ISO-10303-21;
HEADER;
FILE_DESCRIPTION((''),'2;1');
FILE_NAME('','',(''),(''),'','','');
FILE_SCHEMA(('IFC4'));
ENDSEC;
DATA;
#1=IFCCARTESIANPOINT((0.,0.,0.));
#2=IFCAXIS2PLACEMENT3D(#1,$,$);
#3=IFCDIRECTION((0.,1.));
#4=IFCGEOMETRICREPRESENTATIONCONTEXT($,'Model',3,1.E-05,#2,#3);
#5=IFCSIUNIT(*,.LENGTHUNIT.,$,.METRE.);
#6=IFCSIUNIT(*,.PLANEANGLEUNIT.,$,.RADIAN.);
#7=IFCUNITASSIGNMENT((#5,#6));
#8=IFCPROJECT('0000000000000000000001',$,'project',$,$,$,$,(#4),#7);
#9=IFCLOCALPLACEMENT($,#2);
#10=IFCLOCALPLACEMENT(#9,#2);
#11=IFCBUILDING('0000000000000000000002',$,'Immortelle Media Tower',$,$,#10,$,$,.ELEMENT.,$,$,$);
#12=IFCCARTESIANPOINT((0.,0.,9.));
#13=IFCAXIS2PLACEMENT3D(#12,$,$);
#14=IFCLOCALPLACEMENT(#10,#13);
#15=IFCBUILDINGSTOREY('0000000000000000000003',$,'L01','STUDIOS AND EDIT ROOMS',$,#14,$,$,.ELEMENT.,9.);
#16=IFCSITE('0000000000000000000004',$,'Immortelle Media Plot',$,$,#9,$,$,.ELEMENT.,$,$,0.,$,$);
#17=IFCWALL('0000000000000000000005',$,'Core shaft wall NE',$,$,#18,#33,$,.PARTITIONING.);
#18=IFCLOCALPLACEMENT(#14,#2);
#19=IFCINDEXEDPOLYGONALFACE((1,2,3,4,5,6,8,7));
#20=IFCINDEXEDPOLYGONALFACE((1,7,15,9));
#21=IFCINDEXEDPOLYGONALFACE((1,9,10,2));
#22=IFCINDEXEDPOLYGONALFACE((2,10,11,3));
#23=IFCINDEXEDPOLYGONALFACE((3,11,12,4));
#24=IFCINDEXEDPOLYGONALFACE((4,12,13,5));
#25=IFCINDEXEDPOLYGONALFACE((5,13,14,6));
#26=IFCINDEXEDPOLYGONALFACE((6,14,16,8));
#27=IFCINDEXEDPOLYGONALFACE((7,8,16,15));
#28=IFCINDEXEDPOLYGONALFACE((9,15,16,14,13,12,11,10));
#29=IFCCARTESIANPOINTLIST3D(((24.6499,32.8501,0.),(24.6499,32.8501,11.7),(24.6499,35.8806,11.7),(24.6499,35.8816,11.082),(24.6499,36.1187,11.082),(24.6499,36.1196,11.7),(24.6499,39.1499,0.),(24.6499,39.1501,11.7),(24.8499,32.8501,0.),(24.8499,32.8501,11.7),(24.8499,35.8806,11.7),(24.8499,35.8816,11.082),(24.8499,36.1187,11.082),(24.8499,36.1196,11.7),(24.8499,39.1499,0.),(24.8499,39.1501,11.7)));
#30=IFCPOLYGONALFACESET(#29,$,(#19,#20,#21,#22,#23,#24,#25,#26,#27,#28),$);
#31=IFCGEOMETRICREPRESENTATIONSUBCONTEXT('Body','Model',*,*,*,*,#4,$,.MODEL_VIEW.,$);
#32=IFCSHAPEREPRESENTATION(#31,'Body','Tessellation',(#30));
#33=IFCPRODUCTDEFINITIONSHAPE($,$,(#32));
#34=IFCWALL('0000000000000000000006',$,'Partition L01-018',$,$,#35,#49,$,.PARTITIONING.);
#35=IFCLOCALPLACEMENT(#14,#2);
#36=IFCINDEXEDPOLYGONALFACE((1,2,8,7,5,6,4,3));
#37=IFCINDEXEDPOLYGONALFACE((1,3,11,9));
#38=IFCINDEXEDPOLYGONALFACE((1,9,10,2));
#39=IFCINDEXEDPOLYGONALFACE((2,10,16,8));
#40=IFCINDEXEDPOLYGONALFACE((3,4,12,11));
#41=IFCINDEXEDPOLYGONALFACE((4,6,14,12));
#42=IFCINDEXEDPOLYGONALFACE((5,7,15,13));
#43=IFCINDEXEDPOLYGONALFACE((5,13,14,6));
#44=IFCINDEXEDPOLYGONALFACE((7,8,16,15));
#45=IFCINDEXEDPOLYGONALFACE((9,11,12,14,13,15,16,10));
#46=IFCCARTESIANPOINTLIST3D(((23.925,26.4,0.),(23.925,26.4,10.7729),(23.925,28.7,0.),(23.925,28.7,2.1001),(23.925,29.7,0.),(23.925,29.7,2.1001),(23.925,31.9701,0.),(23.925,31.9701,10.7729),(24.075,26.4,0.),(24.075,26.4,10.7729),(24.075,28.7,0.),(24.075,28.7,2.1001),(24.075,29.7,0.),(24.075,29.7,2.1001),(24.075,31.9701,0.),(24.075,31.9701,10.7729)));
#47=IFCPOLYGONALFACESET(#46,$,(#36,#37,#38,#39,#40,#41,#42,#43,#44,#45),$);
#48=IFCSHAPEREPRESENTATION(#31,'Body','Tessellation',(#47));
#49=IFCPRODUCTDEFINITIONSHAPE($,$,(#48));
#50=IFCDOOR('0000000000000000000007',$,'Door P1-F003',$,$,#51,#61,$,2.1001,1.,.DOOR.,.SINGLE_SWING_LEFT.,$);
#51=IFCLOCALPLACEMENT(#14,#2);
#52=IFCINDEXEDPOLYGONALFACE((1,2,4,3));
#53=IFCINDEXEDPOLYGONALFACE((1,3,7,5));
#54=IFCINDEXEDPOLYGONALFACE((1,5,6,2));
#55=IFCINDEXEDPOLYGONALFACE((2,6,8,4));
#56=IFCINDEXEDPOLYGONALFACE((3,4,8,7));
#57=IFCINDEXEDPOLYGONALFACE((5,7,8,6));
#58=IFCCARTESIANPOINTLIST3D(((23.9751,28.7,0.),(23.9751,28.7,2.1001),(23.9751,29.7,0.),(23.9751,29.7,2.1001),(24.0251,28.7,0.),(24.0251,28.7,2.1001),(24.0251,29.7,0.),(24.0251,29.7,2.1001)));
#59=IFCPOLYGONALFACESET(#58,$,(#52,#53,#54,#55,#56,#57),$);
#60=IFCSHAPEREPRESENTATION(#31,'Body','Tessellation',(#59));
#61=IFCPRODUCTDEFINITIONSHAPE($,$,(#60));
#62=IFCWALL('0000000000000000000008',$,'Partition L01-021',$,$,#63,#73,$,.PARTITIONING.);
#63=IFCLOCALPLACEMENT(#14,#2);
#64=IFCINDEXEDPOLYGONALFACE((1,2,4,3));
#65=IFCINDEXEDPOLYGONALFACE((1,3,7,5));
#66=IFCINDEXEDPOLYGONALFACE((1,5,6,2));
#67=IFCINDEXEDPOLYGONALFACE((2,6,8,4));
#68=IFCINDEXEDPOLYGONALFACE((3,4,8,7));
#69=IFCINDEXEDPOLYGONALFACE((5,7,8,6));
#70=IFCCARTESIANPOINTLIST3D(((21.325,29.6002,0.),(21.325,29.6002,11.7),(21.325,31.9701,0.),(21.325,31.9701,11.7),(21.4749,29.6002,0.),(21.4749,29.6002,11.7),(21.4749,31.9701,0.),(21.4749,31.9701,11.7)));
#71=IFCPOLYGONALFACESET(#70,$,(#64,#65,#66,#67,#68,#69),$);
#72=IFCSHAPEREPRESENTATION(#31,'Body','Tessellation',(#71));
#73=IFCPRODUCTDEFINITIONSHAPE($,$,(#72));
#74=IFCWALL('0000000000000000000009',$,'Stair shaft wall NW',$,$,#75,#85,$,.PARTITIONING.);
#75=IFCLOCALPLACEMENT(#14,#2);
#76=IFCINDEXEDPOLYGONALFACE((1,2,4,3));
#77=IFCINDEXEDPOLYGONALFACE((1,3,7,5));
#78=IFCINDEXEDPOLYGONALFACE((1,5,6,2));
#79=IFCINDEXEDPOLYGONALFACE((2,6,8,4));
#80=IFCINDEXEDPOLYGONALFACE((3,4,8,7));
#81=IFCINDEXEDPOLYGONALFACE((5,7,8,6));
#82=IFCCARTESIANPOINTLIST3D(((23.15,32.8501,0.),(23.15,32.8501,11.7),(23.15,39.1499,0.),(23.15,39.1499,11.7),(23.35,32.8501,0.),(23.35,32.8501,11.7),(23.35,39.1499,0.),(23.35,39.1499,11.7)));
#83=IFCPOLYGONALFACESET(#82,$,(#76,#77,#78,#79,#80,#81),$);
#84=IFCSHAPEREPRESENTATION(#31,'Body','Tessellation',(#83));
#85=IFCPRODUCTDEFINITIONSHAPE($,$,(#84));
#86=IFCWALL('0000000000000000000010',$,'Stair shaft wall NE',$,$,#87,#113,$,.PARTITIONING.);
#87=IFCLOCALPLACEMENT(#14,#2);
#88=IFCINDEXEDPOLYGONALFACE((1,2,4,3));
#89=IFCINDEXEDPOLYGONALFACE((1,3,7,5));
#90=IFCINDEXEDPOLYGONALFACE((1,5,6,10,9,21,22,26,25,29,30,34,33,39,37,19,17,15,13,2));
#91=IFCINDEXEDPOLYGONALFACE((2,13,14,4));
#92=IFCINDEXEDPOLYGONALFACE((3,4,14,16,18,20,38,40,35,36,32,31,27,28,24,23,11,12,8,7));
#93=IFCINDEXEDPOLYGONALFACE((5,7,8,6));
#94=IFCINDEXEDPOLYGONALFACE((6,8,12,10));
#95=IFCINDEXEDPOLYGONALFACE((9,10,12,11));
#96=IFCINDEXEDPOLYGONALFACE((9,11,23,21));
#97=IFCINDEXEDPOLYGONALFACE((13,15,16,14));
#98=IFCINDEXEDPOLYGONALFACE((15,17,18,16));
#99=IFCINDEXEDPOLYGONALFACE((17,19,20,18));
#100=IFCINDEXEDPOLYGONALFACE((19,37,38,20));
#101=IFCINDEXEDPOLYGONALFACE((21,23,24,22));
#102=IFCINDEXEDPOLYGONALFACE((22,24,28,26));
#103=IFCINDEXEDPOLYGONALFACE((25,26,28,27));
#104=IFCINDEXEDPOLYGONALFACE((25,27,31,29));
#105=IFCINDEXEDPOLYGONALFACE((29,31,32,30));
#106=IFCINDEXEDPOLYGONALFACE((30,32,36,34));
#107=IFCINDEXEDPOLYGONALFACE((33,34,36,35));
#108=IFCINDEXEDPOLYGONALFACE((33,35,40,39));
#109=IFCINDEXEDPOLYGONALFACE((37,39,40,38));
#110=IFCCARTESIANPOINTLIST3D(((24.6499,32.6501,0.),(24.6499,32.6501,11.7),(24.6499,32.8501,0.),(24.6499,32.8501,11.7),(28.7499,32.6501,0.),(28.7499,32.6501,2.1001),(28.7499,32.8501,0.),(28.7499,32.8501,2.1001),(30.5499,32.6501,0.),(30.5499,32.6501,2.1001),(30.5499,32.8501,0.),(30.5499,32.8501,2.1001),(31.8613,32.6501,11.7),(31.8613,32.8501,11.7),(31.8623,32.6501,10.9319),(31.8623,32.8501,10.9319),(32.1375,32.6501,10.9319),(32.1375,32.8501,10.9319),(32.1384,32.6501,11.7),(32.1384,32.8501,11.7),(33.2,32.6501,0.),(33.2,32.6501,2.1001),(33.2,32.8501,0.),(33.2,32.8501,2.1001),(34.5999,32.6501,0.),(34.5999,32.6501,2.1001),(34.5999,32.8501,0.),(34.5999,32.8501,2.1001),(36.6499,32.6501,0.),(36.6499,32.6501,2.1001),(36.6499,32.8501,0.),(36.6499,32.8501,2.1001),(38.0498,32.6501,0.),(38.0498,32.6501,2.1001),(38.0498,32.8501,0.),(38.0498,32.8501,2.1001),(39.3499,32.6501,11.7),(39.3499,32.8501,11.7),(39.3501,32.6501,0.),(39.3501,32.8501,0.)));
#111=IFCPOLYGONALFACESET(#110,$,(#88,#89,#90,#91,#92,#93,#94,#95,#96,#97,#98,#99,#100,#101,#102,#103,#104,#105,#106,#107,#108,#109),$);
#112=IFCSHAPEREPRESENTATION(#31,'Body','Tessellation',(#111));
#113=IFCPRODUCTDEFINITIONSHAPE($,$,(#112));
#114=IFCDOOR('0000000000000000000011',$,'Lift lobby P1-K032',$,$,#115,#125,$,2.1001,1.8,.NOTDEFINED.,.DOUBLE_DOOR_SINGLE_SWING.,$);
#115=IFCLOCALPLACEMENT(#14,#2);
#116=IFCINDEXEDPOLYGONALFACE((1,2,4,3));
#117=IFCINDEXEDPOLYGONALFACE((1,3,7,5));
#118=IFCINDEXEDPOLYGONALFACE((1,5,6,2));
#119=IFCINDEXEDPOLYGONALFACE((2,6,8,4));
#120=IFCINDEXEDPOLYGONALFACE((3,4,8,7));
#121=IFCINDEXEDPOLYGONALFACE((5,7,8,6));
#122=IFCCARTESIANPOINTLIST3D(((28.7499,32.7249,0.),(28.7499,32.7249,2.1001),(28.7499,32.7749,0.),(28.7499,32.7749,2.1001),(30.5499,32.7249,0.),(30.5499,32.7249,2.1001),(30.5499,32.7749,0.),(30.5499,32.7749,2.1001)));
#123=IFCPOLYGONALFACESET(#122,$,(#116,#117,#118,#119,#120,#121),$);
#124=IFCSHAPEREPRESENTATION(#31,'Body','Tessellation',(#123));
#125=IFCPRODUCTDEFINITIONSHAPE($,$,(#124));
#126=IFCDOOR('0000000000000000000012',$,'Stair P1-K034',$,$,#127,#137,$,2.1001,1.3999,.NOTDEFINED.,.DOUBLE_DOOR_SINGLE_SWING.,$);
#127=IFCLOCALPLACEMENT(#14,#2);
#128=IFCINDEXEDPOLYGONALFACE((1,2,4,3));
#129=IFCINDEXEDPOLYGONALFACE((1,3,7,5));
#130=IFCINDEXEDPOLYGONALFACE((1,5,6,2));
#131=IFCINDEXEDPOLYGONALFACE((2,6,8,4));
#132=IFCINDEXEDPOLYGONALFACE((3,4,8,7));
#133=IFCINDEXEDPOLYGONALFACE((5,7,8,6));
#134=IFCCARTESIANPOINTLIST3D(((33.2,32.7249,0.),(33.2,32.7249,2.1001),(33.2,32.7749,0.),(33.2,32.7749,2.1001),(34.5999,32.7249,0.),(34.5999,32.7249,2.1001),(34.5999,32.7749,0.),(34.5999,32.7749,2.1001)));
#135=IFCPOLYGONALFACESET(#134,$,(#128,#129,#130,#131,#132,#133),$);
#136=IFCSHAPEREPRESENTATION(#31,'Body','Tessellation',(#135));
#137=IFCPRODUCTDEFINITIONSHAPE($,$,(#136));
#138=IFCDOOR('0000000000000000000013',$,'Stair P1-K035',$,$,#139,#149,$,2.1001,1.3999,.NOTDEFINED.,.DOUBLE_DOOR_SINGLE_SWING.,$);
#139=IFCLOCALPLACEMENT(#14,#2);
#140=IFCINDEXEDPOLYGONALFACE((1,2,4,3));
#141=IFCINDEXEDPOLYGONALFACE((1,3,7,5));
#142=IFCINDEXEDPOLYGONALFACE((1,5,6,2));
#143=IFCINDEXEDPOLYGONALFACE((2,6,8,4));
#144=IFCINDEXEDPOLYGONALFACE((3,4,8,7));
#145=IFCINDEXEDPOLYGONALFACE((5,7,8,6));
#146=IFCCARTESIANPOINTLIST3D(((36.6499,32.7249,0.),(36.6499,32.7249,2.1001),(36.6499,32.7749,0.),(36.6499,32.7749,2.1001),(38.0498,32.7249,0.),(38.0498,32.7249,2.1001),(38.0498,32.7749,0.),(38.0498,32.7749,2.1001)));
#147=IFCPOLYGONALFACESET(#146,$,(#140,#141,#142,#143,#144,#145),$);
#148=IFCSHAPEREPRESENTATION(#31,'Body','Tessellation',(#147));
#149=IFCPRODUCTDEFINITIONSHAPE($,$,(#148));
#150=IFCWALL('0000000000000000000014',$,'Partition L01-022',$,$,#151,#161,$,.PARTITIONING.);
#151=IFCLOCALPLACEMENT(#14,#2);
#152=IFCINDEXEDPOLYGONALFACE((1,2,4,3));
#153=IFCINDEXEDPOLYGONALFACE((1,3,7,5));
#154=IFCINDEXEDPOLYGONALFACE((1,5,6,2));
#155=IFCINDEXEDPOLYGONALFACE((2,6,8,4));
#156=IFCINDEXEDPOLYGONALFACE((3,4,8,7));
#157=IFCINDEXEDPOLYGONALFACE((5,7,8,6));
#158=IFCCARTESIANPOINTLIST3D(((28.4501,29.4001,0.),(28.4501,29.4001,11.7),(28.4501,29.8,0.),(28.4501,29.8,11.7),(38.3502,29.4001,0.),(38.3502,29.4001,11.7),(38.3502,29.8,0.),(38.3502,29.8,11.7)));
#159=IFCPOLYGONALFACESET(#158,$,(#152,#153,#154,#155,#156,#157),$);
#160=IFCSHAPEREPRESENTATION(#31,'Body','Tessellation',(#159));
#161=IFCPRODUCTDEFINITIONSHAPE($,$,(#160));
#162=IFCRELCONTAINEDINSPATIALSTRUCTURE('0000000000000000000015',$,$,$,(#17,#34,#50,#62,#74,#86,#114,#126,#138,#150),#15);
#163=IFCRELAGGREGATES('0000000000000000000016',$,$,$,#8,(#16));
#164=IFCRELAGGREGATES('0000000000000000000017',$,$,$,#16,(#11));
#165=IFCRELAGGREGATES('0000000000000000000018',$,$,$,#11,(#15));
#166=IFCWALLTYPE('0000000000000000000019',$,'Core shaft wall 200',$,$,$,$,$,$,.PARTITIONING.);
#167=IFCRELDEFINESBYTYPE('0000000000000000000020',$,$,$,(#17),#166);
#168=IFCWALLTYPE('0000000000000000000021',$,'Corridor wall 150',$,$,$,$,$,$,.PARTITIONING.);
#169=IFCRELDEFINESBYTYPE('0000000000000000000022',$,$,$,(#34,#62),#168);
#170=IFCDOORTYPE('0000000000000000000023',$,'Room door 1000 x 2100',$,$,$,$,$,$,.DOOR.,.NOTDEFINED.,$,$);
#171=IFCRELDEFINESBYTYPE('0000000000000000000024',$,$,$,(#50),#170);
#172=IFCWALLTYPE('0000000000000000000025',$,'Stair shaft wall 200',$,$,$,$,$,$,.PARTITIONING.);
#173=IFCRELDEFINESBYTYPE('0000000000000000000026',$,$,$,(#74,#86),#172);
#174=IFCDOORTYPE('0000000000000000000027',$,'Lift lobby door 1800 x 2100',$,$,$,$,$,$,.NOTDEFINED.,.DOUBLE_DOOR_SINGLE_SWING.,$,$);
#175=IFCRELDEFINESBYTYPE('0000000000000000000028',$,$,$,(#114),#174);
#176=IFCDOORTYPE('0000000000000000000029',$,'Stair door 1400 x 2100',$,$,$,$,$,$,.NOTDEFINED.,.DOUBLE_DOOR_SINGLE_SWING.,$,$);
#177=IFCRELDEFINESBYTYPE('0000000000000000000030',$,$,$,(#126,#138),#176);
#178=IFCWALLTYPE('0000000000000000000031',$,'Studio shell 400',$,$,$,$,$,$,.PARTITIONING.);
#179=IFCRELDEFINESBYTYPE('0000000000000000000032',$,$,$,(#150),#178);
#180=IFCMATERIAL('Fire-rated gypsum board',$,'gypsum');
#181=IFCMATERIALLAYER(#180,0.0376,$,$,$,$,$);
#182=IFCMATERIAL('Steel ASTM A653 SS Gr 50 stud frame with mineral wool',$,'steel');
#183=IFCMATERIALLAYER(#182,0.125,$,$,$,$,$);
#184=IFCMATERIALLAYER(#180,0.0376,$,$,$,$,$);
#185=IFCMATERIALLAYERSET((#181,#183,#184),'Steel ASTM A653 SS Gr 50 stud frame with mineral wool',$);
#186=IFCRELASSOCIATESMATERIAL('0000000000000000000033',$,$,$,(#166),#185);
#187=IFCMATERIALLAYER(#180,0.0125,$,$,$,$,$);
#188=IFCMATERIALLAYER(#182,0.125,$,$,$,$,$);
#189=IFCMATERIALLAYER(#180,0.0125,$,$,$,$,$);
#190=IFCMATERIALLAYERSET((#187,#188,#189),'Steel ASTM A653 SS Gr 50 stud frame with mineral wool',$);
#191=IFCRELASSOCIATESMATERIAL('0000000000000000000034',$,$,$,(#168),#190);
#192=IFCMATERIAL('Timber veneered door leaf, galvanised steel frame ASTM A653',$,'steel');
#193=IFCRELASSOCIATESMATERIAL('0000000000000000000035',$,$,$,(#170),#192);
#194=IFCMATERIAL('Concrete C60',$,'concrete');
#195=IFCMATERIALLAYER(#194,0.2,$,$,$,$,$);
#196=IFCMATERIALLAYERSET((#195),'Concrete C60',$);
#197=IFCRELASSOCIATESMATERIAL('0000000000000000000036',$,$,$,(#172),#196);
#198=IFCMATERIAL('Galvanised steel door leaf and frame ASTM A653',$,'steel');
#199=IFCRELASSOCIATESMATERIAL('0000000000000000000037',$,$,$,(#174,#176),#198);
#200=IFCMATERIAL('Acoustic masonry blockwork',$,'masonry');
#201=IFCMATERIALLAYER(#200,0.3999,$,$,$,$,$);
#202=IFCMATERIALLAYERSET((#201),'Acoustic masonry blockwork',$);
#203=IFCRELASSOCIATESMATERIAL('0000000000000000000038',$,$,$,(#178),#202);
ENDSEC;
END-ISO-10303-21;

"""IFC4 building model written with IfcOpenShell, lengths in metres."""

from ifc_helpers import new_model, si_unit, direction, frame, frame_2d, origin, place, context, subcontext, project, spatial, polyline, rectangle, outline, extrude, material, layer, layer_set, type_object, element, fill, save


model = new_model("IFC4")

# Units and contexts
model_context = context("Model", 3, precision=1e-05, world=origin(), true_north=direction((0.0, 1.0)))
body_context = subcontext(model_context, "Body", "Model", "MODEL_VIEW")
ifc_project = project(units=[si_unit("LENGTHUNIT", "METRE"), si_unit("PLANEANGLEUNIT", "RADIAN")], contexts=[model_context])

# Site, building, storey
site_placement = place(None, origin())
site = spatial("IfcSite", under=ifc_project, at=site_placement, Name="Immortelle Media Plot", CompositionType="ELEMENT", RefElevation=0.0)
building_placement = place(site_placement, origin())
building = spatial("IfcBuilding", under=site, at=building_placement, Name="Immortelle Media Tower", CompositionType="ELEMENT")
storey_placement = place(building_placement, frame((0.0, 0.0, 9.0)))
storey = spatial("IfcBuildingStorey", under=building, at=storey_placement, Name="L01", Description="STUDIOS AND EDIT ROOMS", CompositionType="ELEMENT", Elevation=9.0)

# Shared definitions
ifc_material_1 = material(Name="Fire-rated gypsum board", Category="gypsum")
ifc_material_2 = material(Name="Steel ASTM A653 SS Gr 50 stud frame with mineral wool", Category="steel")
ifc_material_3 = material(Name="Galvanised steel door leaf and frame ASTM A653", Category="steel")

# Wall
ifc_layer_1 = layer(ifc_material_1, 0.0376)
ifc_layer_2 = layer(ifc_material_2, 0.125)
ifc_layer_3 = layer(ifc_material_1, 0.0376)
ifc_layer_set_1 = layer_set([ifc_layer_1, ifc_layer_2, ifc_layer_3], Name="Steel ASTM A653 SS Gr 50 stud frame with mineral wool")
wall_type_1 = type_object("IfcWallType", Name="Core shaft wall 200", PredefinedType="PARTITIONING", material=ifc_layer_set_1)
wall_1_placement = place(storey_placement, frame((24.75, 32.8501, 0.0), z_axis=(0.0, 0.0, 1.0), x_axis=(0.0, 1.0, 0.0)))
element("IfcWall", 1, at=wall_1_placement, inside=storey, type_object=wall_type_1, Name="Core shaft wall NE", PredefinedType="PARTITIONING", context=body_context, shape_type="SweptSolid", body=[
    extrude(outline(polyline([(0.0, 0.0), (6.2998, 0.0), (6.3, 11.7), (3.2695, 11.7), (3.2686, 11.082), (3.0315, 11.082), (3.0305, 11.7), (0.0, 11.7), (0.0, 0.0)])), frame((0.0, 0.1001, 0.0), z_axis=(0.0, -1.0, 0.0), x_axis=(1.0, 0.0, 0.0)), (0.0, 0.0, 1.0), 0.2),
])

# Wall, opening, door
ifc_layer_4 = layer(ifc_material_1, 0.0125)
ifc_layer_5 = layer(ifc_material_2, 0.125)
ifc_layer_6 = layer(ifc_material_1, 0.0125)
ifc_layer_set_2 = layer_set([ifc_layer_4, ifc_layer_5, ifc_layer_6], Name="Steel ASTM A653 SS Gr 50 stud frame with mineral wool")
wall_type_2 = type_object("IfcWallType", Name="Corridor wall 150", PredefinedType="PARTITIONING", material=ifc_layer_set_2)
wall_2_placement = place(storey_placement, frame((24.0, 26.3999, 0.0), z_axis=(0.0, 0.0, 1.0), x_axis=(0.0, 1.0, 0.0)))
wall_2 = element("IfcWall", 2, at=wall_2_placement, inside=storey, type_object=wall_type_2, Name="Partition L01-018", PredefinedType="PARTITIONING", context=body_context, shape_type="SweptSolid", body=[
    extrude(rectangle(XDim=5.5701, YDim=0.1499, at=frame_2d((2.7852, 0.0))), origin(), (0.0, 0.0, 1.0), 10.7729),
])
opening_1_placement = place(wall_2_placement, frame((2.3, 0.0, 0.0)))
opening_1 = element("IfcOpeningElement", 3, at=opening_1_placement, cuts=wall_2, PredefinedType="OPENING", context=body_context, shape_type="SweptSolid", body=[
    extrude(rectangle(XDim=1.0, YDim=2.1001, at=frame_2d((0.5, 1.05))), frame((0.0, 0.085, 0.0), z_axis=(0.0, -1.0, 0.0), x_axis=(1.0, 0.0, 0.0)), (0.0, 0.0, 1.0), 0.1699),
])
ifc_material_4 = material(Name="Timber veneered door leaf, galvanised steel frame ASTM A653", Category="steel")
door_type_1 = type_object("IfcDoorType", Name="Room door 1000 x 2100", OperationType="NOTDEFINED", PredefinedType="DOOR", material=ifc_material_4)
door_1_placement = place(opening_1_placement, origin())
door_1 = element("IfcDoor", 4, at=door_1_placement, inside=storey, type_object=door_type_1, Name="Door P1-F003", OperationType="SINGLE_SWING_LEFT", OverallHeight=2.1001, OverallWidth=1.0, PredefinedType="DOOR", context=body_context, shape_type="SweptSolid", body=[
    extrude(rectangle(XDim=1.0, YDim=2.1001, at=frame_2d((0.5, 1.05))), frame((0.0, 0.0249, 0.0), z_axis=(0.0, -1.0, 0.0), x_axis=(1.0, 0.0, 0.0)), (0.0, 0.0, 1.0), 0.05),
])
fill(opening_1, door_1)

# Walls
wall_3_placement = place(storey_placement, frame((21.3999, 29.6001, 0.0), z_axis=(0.0, 0.0, 1.0), x_axis=(0.0, 1.0, 0.0)))
element("IfcWall", 5, at=wall_3_placement, inside=storey, type_object=wall_type_2, Name="Partition L01-021", PredefinedType="PARTITIONING", context=body_context, shape_type="SweptSolid", body=[
    extrude(rectangle(XDim=2.3699, YDim=0.1499, at=frame_2d((1.1851, 0.0))), origin(), (0.0, 0.0, 1.0), 11.7),
])
ifc_material_5 = material(Name="Concrete C60", Category="concrete")
ifc_layer_7 = layer(ifc_material_5, 0.2)
ifc_layer_set_3 = layer_set([ifc_layer_7], Name="Concrete C60")
wall_type_3 = type_object("IfcWallType", Name="Stair shaft wall 200", PredefinedType="PARTITIONING", material=ifc_layer_set_3)
wall_4_placement = place(storey_placement, frame((23.25, 32.8501, 0.0), z_axis=(0.0, 0.0, 1.0), x_axis=(0.0, 1.0, 0.0)))
element("IfcWall", 6, at=wall_4_placement, inside=storey, type_object=wall_type_3, Name="Stair shaft wall NW", PredefinedType="PARTITIONING", context=body_context, shape_type="SweptSolid", body=[
    extrude(rectangle(XDim=6.2998, YDim=0.2, at=frame_2d((3.1499, 0.0))), origin(), (0.0, 0.0, 1.0), 11.7),
])

# Wall, openings, doors
wall_5_placement = place(storey_placement, frame((24.6499, 32.75, 0.0), z_axis=(0.0, 0.0, 1.0), x_axis=(1.0, 0.0, 0.0)))
wall_5 = element("IfcWall", 7, at=wall_5_placement, inside=storey, type_object=wall_type_3, Name="Stair shaft wall NE", PredefinedType="PARTITIONING", context=body_context, shape_type="SweptSolid", body=[
    extrude(outline(polyline([(0.0, 0.0), (14.7002, 0.0), (14.7, 11.7), (7.4885, 11.7), (7.4875, 10.9319), (7.2124, 10.9319), (7.2114, 11.7), (0.0, 11.7), (0.0, 0.0)])), frame((0.0, 0.1001, 0.0), z_axis=(0.0, -1.0, 0.0), x_axis=(1.0, 0.0, 0.0)), (0.0, 0.0, 1.0), 0.2),
])
opening_2_placement = place(wall_5_placement, frame((4.1001, 0.0, 0.0)))
opening_2 = element("IfcOpeningElement", 8, at=opening_2_placement, cuts=wall_5, PredefinedType="OPENING", context=body_context, shape_type="SweptSolid", body=[
    extrude(rectangle(XDim=1.8, YDim=2.1001, at=frame_2d((0.8999, 1.05))), frame((0.0, 0.1099, 0.0), z_axis=(0.0, -1.0, 0.0), x_axis=(1.0, 0.0, 0.0)), (0.0, 0.0, 1.0), 0.22),
])
opening_3_placement = place(wall_5_placement, frame((8.55, 0.0, 0.0)))
opening_3 = element("IfcOpeningElement", 9, at=opening_3_placement, cuts=wall_5, PredefinedType="OPENING", context=body_context, shape_type="SweptSolid", body=[
    extrude(rectangle(XDim=1.3999, YDim=2.1001, at=frame_2d((0.7, 1.05))), frame((0.0, 0.1099, 0.0), z_axis=(0.0, -1.0, 0.0), x_axis=(1.0, 0.0, 0.0)), (0.0, 0.0, 1.0), 0.22),
])
opening_4_placement = place(wall_5_placement, frame((12.0, 0.0, 0.0)))
opening_4 = element("IfcOpeningElement", 10, at=opening_4_placement, cuts=wall_5, PredefinedType="OPENING", context=body_context, shape_type="SweptSolid", body=[
    extrude(rectangle(XDim=1.3999, YDim=2.1001, at=frame_2d((0.7, 1.05))), frame((0.0, 0.1099, 0.0), z_axis=(0.0, -1.0, 0.0), x_axis=(1.0, 0.0, 0.0)), (0.0, 0.0, 1.0), 0.22),
])
door_type_2 = type_object("IfcDoorType", Name="Lift lobby door 1800 x 2100", OperationType="DOUBLE_DOOR_SINGLE_SWING", PredefinedType="NOTDEFINED", material=ifc_material_3)
door_2_placement = place(opening_2_placement, origin())
door_2 = element("IfcDoor", 11, at=door_2_placement, inside=storey, type_object=door_type_2, Name="Lift lobby P1-K032", OperationType="DOUBLE_DOOR_SINGLE_SWING", OverallHeight=2.1001, OverallWidth=1.8, PredefinedType="NOTDEFINED", context=body_context, shape_type="SweptSolid", body=[
    extrude(rectangle(XDim=1.8, YDim=2.1001, at=frame_2d((0.8999, 1.05))), frame((0.0, 0.0249, 0.0), z_axis=(0.0, -1.0, 0.0), x_axis=(1.0, 0.0, 0.0)), (0.0, 0.0, 1.0), 0.05),
])
fill(opening_2, door_2)
door_type_3 = type_object("IfcDoorType", Name="Stair door 1400 x 2100", OperationType="DOUBLE_DOOR_SINGLE_SWING", PredefinedType="NOTDEFINED", material=ifc_material_3)
door_3_placement = place(opening_3_placement, origin())
door_3 = element("IfcDoor", 12, at=door_3_placement, inside=storey, type_object=door_type_3, Name="Stair P1-K034", OperationType="DOUBLE_DOOR_SINGLE_SWING", OverallHeight=2.1001, OverallWidth=1.3999, PredefinedType="NOTDEFINED", context=body_context, shape_type="SweptSolid", body=[
    extrude(rectangle(XDim=1.3999, YDim=2.1001, at=frame_2d((0.7, 1.05))), frame((0.0, 0.0249, 0.0), z_axis=(0.0, -1.0, 0.0), x_axis=(1.0, 0.0, 0.0)), (0.0, 0.0, 1.0), 0.05),
])
fill(opening_3, door_3)
door_4_placement = place(opening_4_placement, origin())
door_4 = element("IfcDoor", 13, at=door_4_placement, inside=storey, type_object=door_type_3, Name="Stair P1-K035", OperationType="DOUBLE_DOOR_SINGLE_SWING", OverallHeight=2.1001, OverallWidth=1.3999, PredefinedType="NOTDEFINED", context=body_context, shape_type="SweptSolid", body=[
    extrude(rectangle(XDim=1.3999, YDim=2.1001, at=frame_2d((0.7, 1.05))), frame((0.0, 0.0249, 0.0), z_axis=(0.0, -1.0, 0.0), x_axis=(1.0, 0.0, 0.0)), (0.0, 0.0, 1.0), 0.05),
])
fill(opening_4, door_4)

# Wall
ifc_material_6 = material(Name="Acoustic masonry blockwork", Category="masonry")
ifc_layer_8 = layer(ifc_material_6, 0.3999)
ifc_layer_set_4 = layer_set([ifc_layer_8], Name="Acoustic masonry blockwork")
wall_type_4 = type_object("IfcWallType", Name="Studio shell 400", PredefinedType="PARTITIONING", material=ifc_layer_set_4)
wall_6_placement = place(storey_placement, frame((28.45, 29.6001, 0.0), z_axis=(0.0, 0.0, 1.0), x_axis=(1.0, 0.0, 0.0)))
element("IfcWall", 14, at=wall_6_placement, inside=storey, type_object=wall_type_4, Name="Partition L01-022", PredefinedType="PARTITIONING", context=body_context, shape_type="SweptSolid", body=[
    extrude(rectangle(XDim=9.9001, YDim=0.3999, at=frame_2d((4.9502, 0.0))), origin(), (0.0, 0.0, 1.0), 11.7),
])

save(model, "model.ifc")
